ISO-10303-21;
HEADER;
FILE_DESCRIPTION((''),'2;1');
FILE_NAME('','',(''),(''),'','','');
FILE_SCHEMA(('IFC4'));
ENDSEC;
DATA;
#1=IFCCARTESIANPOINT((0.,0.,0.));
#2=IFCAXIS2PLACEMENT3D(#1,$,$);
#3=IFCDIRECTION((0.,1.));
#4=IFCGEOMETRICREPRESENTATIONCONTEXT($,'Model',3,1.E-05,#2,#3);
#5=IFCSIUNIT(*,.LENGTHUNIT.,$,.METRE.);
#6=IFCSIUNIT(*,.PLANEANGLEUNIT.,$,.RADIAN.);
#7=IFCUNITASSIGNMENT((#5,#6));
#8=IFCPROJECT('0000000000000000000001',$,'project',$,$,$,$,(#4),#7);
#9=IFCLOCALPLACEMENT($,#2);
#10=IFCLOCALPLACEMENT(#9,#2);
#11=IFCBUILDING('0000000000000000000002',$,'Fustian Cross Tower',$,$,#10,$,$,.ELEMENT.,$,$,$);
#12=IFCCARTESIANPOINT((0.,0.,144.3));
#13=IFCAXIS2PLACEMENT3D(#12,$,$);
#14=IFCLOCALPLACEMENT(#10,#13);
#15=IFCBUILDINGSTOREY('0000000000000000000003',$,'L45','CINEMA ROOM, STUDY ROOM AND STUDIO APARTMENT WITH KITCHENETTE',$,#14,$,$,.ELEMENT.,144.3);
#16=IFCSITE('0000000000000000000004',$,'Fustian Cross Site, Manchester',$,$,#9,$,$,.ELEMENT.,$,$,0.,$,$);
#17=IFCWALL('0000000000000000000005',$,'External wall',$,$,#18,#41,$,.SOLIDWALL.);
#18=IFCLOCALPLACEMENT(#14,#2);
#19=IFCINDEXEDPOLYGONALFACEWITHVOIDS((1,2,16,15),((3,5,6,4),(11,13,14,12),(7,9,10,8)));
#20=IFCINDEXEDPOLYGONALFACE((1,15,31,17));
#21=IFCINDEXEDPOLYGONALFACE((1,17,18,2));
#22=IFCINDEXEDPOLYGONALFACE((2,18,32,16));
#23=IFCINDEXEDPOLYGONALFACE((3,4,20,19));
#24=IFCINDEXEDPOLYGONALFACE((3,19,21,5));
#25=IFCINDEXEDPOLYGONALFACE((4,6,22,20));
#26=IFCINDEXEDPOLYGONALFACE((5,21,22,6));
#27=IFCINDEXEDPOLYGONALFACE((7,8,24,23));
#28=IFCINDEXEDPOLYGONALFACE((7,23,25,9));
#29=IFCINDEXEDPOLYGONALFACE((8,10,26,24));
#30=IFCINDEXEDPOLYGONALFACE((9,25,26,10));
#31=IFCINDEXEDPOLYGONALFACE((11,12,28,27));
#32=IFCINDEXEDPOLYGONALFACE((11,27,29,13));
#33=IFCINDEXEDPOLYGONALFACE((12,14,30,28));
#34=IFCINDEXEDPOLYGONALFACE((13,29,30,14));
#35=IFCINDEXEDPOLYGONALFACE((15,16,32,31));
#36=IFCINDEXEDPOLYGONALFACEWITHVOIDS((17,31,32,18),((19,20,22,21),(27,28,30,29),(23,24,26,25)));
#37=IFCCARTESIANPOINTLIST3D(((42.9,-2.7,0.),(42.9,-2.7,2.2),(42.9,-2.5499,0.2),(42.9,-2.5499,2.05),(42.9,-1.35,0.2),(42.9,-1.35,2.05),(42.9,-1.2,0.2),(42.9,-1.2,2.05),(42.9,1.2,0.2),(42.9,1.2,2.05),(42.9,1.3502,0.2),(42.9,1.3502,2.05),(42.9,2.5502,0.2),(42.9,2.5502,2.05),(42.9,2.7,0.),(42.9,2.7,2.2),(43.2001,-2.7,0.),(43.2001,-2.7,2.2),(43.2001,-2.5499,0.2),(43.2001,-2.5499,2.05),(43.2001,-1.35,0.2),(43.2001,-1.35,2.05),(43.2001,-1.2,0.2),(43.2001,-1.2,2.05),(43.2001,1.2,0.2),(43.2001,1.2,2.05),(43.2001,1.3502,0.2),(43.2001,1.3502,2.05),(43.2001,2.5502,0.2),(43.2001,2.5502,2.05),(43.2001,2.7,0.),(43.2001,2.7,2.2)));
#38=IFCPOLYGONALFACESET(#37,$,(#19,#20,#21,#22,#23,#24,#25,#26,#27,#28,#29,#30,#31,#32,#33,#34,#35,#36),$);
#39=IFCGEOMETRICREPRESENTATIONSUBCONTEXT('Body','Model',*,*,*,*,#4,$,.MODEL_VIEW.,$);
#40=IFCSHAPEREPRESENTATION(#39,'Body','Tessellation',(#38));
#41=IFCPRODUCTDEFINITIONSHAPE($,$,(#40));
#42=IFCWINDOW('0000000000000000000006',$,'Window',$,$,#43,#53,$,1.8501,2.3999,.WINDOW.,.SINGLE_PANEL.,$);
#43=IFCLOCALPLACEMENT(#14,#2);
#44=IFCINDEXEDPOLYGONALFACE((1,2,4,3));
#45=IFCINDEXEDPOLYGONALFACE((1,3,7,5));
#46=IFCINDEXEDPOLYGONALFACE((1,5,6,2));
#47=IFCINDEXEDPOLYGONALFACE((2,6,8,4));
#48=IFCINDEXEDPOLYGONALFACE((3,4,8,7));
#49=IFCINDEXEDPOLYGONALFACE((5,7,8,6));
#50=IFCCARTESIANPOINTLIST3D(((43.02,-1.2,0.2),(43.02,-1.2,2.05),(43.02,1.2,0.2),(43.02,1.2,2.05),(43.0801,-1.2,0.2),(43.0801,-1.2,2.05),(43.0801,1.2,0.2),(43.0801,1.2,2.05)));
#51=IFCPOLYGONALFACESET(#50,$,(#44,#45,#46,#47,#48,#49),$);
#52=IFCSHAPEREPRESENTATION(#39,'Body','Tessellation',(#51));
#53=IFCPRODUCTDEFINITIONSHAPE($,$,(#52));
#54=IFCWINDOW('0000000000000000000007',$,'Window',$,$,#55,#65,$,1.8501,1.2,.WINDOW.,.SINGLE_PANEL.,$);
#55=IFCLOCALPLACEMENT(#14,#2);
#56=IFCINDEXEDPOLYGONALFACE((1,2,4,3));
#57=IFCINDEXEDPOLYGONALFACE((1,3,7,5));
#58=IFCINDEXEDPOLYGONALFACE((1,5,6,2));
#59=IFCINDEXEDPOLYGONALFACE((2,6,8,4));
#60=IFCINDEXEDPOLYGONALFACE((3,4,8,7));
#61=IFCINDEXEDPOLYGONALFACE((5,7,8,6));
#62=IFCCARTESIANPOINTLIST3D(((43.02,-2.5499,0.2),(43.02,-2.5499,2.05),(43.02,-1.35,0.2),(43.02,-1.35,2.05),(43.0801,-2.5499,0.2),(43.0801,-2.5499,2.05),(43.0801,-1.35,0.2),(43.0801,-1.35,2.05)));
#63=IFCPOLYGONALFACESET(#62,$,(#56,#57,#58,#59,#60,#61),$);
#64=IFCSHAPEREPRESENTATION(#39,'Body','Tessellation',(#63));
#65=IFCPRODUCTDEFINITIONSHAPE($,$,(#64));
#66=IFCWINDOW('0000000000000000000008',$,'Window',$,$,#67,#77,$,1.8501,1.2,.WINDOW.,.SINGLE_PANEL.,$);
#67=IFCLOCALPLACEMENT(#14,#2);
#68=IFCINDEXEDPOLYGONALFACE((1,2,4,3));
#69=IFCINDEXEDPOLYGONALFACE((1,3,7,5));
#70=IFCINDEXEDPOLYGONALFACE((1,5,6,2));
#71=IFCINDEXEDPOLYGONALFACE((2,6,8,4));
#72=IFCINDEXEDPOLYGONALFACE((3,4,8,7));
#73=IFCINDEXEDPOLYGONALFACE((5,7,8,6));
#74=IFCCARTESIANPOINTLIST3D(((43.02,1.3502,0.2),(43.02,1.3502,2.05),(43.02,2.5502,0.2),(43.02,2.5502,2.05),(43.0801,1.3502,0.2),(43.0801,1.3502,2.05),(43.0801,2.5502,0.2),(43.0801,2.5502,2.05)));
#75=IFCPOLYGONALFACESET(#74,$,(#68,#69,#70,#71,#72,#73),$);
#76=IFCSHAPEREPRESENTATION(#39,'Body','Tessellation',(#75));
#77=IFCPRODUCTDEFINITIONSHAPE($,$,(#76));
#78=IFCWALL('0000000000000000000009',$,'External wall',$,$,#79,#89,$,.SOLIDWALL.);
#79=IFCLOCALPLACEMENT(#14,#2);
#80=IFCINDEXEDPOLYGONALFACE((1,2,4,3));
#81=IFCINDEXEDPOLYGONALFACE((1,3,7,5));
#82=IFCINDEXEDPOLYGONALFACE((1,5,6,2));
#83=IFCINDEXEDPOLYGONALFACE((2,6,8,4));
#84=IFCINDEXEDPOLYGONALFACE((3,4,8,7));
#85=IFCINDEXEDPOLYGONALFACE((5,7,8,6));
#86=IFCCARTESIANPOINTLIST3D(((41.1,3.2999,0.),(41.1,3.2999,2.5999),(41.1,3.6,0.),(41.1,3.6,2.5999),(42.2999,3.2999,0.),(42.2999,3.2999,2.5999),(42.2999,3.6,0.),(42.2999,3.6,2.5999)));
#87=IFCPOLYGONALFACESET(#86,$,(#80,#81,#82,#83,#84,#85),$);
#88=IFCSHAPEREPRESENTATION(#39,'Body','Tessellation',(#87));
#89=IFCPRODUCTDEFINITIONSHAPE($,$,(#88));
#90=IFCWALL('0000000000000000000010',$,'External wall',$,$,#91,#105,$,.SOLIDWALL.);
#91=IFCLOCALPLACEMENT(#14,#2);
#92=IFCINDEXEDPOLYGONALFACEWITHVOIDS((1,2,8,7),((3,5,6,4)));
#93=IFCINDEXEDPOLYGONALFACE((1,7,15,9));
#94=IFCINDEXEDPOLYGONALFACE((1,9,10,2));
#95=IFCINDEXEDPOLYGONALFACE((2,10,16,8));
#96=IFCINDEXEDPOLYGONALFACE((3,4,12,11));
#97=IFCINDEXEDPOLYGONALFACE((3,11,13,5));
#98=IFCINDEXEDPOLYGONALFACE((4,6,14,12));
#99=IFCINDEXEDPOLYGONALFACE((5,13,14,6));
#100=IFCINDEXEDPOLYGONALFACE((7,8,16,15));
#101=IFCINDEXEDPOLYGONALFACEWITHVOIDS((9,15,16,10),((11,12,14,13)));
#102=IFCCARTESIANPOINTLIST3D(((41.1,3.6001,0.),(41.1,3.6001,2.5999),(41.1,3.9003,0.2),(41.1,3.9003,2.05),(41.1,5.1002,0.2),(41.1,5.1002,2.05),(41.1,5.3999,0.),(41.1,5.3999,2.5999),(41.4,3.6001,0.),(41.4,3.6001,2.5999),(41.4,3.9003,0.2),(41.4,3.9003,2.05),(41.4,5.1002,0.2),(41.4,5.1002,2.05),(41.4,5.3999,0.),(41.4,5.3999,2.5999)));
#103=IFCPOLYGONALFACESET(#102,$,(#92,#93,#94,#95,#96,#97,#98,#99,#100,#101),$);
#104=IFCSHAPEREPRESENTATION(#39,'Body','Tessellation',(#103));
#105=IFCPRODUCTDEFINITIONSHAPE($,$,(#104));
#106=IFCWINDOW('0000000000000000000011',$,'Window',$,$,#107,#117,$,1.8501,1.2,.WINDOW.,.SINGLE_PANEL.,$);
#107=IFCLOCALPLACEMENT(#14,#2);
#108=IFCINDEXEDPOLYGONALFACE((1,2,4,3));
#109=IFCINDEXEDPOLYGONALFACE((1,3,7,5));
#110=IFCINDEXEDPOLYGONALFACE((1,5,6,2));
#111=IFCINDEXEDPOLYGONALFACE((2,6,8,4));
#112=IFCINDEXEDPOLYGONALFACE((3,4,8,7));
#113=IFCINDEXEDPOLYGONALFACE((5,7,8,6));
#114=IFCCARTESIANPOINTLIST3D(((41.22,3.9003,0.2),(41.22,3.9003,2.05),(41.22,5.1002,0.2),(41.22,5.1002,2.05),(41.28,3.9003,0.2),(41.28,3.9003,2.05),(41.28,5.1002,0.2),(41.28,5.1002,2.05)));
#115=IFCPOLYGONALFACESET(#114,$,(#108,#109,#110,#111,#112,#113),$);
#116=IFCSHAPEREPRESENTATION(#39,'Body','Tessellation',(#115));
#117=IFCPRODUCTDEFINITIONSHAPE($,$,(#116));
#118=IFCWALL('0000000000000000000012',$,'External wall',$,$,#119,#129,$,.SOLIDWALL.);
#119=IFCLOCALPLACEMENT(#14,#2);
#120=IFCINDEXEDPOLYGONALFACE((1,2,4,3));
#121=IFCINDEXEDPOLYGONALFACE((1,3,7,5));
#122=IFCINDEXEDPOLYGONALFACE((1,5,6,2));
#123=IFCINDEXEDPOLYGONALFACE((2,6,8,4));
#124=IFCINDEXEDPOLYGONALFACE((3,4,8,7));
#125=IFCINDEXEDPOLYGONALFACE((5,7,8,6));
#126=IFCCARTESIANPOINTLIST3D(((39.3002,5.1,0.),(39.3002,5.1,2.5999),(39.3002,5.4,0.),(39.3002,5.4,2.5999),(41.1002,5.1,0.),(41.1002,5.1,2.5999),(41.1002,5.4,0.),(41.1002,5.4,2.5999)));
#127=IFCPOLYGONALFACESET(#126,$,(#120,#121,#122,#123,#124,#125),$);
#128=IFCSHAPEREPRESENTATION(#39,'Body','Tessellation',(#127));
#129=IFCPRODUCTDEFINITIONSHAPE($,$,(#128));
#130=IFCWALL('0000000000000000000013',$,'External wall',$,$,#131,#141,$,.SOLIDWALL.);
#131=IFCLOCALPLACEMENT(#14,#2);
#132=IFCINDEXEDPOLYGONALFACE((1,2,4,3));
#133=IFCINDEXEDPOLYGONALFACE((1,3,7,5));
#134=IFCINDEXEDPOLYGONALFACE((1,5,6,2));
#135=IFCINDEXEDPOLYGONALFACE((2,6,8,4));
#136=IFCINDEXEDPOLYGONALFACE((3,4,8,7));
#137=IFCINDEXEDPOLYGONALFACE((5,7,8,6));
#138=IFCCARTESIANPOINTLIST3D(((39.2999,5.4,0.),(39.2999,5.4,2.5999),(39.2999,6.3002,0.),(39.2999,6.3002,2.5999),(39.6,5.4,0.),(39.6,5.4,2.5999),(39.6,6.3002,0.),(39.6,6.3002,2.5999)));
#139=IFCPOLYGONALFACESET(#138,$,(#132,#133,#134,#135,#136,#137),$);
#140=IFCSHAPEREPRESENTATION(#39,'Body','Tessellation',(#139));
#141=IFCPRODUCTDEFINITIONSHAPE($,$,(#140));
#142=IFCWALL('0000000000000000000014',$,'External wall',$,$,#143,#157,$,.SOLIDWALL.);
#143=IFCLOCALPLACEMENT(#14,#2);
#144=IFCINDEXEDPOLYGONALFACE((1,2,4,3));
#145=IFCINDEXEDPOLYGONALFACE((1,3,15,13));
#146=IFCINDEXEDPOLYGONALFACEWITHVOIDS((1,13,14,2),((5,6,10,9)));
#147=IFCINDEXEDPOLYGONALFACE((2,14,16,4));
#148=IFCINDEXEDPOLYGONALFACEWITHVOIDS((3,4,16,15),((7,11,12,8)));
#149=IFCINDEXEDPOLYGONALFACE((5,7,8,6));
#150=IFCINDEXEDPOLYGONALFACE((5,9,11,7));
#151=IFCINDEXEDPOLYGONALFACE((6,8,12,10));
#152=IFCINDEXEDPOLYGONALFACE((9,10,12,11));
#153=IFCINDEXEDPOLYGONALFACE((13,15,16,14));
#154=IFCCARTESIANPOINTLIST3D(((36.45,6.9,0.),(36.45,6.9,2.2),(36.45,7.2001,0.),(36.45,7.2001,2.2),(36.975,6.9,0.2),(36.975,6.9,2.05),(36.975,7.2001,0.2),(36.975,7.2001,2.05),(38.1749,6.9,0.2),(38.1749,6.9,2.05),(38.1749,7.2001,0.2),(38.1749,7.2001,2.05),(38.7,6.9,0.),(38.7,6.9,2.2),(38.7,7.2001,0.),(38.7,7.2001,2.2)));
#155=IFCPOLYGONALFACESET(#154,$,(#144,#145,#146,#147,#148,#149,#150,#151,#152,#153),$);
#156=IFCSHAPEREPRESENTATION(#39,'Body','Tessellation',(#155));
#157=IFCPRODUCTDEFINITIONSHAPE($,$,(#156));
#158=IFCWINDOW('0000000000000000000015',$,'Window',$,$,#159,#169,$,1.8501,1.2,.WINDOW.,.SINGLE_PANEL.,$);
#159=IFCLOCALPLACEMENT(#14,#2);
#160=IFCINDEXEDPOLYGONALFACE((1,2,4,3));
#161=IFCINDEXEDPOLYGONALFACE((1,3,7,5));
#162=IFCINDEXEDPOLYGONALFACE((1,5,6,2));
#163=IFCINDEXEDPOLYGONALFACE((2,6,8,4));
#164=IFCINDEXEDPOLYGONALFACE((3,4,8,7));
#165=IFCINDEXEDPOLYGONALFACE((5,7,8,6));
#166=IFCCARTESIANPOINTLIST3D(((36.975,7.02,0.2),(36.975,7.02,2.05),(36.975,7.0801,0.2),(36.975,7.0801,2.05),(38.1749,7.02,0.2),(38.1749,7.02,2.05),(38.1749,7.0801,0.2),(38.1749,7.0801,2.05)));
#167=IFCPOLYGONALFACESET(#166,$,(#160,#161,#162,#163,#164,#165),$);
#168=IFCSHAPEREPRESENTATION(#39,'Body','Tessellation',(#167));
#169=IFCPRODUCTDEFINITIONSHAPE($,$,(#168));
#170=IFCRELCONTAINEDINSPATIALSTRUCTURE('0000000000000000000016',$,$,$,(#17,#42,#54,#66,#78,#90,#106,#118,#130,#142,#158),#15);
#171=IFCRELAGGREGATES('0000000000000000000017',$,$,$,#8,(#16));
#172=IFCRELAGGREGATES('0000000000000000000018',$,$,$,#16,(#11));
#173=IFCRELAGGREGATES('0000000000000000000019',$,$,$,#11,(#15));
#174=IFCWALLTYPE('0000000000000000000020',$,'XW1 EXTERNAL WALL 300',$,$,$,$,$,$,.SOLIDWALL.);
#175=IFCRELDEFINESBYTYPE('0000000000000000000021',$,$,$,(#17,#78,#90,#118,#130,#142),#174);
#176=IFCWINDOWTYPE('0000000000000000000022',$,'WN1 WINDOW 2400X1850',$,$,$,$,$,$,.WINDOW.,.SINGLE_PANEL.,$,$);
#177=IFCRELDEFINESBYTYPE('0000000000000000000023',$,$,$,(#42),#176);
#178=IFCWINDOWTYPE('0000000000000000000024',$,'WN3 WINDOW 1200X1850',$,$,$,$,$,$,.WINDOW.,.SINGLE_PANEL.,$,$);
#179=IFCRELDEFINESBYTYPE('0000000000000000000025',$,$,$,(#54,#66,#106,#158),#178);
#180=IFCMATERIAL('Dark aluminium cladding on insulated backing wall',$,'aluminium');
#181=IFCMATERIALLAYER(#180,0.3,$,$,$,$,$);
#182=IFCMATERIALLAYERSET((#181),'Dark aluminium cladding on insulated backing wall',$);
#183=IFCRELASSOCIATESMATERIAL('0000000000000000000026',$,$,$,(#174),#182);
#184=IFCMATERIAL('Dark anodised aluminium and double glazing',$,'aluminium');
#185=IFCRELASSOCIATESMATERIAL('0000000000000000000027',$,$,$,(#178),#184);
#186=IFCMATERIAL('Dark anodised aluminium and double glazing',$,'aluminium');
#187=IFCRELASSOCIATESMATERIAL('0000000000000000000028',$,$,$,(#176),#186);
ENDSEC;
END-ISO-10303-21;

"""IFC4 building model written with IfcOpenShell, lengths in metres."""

from ifc_helpers import new_model, si_unit, direction, frame, frame_2d, origin, place, context, subcontext, project, spatial, rectangle, extrude, material, layer, layer_set, type_object, element, fill, save


model = new_model("IFC4")

# Units and contexts
model_context = context("Model", 3, precision=1e-05, world=origin(), true_north=direction((0.0, 1.0)))
body_context = subcontext(model_context, "Body", "Model", "MODEL_VIEW")
ifc_project = project(units=[si_unit("LENGTHUNIT", "METRE"), si_unit("PLANEANGLEUNIT", "RADIAN")], contexts=[model_context])

# Site, building, storey
site_placement = place(None, origin())
site = spatial("IfcSite", under=ifc_project, at=site_placement, Name="Fustian Cross Site, Manchester", CompositionType="ELEMENT", RefElevation=0.0)
building_placement = place(site_placement, origin())
building = spatial("IfcBuilding", under=site, at=building_placement, Name="Fustian Cross Tower", CompositionType="ELEMENT")
storey_placement = place(building_placement, frame((0.0, 0.0, 144.3)))
storey = spatial("IfcBuildingStorey", under=building, at=storey_placement, Name="L45", Description="CINEMA ROOM, STUDY ROOM AND STUDIO APARTMENT WITH KITCHENETTE", CompositionType="ELEMENT", Elevation=144.3)

# Shared definitions
ifc_material_1 = material(Name="Dark aluminium cladding on insulated backing wall", Category="aluminium")
ifc_layer_1 = layer(ifc_material_1, 0.3)
ifc_layer_set_1 = layer_set([ifc_layer_1], Name="Dark aluminium cladding on insulated backing wall")
wall_type_1 = type_object("IfcWallType", Name="XW1 EXTERNAL WALL 300", PredefinedType="SOLIDWALL", material=ifc_layer_set_1)

# Shared definitions
ifc_material_2 = material(Name="Dark anodised aluminium and double glazing", Category="aluminium")
window_type_1 = type_object("IfcWindowType", Name="WN3 WINDOW 1200X1850", PartitioningType="SINGLE_PANEL", PredefinedType="WINDOW", material=ifc_material_2)

# Wall, openings, windows
wall_1_placement = place(storey_placement, frame((43.05, -2.7, 0.0), z_axis=(0.0, 0.0, 1.0), x_axis=(0.0, 1.0, 0.0)))
wall_1 = element("IfcWall", 1, at=wall_1_placement, inside=storey, type_object=wall_type_1, Name="External wall", PredefinedType="SOLIDWALL", context=body_context, shape_type="SweptSolid", body=[
    extrude(rectangle(XDim=5.3999, YDim=0.3, at=frame_2d((2.7, 0.0))), origin(), (0.0, 0.0, 1.0), 2.2),
])
opening_1_placement = place(wall_1_placement, frame((1.5, 0.0, 0.2)))
opening_1 = element("IfcOpeningElement", 2, at=opening_1_placement, cuts=wall_1, PredefinedType="OPENING", context=body_context, shape_type="SweptSolid", body=[
    extrude(rectangle(XDim=2.3999, YDim=1.8501, at=frame_2d((1.2, 0.925))), frame((0.0, 0.1599, 0.0), z_axis=(0.0, -1.0, 0.0), x_axis=(1.0, 0.0, 0.0)), (0.0, 0.0, 1.0), 0.3201),
])
opening_2_placement = place(wall_1_placement, frame((0.1499, 0.0, 0.2)))
opening_2 = element("IfcOpeningElement", 3, at=opening_2_placement, cuts=wall_1, PredefinedType="OPENING", context=body_context, shape_type="SweptSolid", body=[
    extrude(rectangle(XDim=1.2, YDim=1.8501, at=frame_2d((0.6001, 0.925))), frame((0.0, 0.1599, 0.0), z_axis=(0.0, -1.0, 0.0), x_axis=(1.0, 0.0, 0.0)), (0.0, 0.0, 1.0), 0.3201),
])
opening_3_placement = place(wall_1_placement, frame((4.05, 0.0, 0.2)))
opening_3 = element("IfcOpeningElement", 4, at=opening_3_placement, cuts=wall_1, PredefinedType="OPENING", context=body_context, shape_type="SweptSolid", body=[
    extrude(rectangle(XDim=1.2, YDim=1.8501, at=frame_2d((0.6001, 0.925))), frame((0.0, 0.1599, 0.0), z_axis=(0.0, -1.0, 0.0), x_axis=(1.0, 0.0, 0.0)), (0.0, 0.0, 1.0), 0.3201),
])
ifc_material_3 = material(Name="Dark anodised aluminium and double glazing", Category="aluminium")
window_type_2 = type_object("IfcWindowType", Name="WN1 WINDOW 2400X1850", PartitioningType="SINGLE_PANEL", PredefinedType="WINDOW", material=ifc_material_3)
window_1_placement = place(opening_1_placement, origin())
window_1 = element("IfcWindow", 5, at=window_1_placement, inside=storey, type_object=window_type_2, Name="Window", OverallHeight=1.8501, OverallWidth=2.3999, PartitioningType="SINGLE_PANEL", PredefinedType="WINDOW", context=body_context, shape_type="SweptSolid", body=[
    extrude(rectangle(XDim=2.3999, YDim=1.8501, at=frame_2d((1.2, 0.925))), frame((0.0, 0.03, 0.0), z_axis=(0.0, -1.0, 0.0), x_axis=(1.0, 0.0, 0.0)), (0.0, 0.0, 1.0), 0.0601),
])
fill(opening_1, window_1)
window_2_placement = place(opening_2_placement, origin())
window_2 = element("IfcWindow", 6, at=window_2_placement, inside=storey, type_object=window_type_1, Name="Window", OverallHeight=1.8501, OverallWidth=1.2, PartitioningType="SINGLE_PANEL", PredefinedType="WINDOW", context=body_context, shape_type="SweptSolid", body=[
    extrude(rectangle(XDim=1.2, YDim=1.8501, at=frame_2d((0.6001, 0.925))), frame((0.0, 0.03, 0.0), z_axis=(0.0, -1.0, 0.0), x_axis=(1.0, 0.0, 0.0)), (0.0, 0.0, 1.0), 0.0601),
])
fill(opening_2, window_2)
window_3_placement = place(opening_3_placement, origin())
window_3 = element("IfcWindow", 7, at=window_3_placement, inside=storey, type_object=window_type_1, Name="Window", OverallHeight=1.8501, OverallWidth=1.2, PartitioningType="SINGLE_PANEL", PredefinedType="WINDOW", context=body_context, shape_type="SweptSolid", body=[
    extrude(rectangle(XDim=1.2, YDim=1.8501, at=frame_2d((0.6001, 0.925))), frame((0.0, 0.03, 0.0), z_axis=(0.0, -1.0, 0.0), x_axis=(1.0, 0.0, 0.0)), (0.0, 0.0, 1.0), 0.0601),
])
fill(opening_3, window_3)

# Wall
wall_2_placement = place(storey_placement, frame((42.3, 3.45, 0.0), z_axis=(0.0, 0.0, 1.0), x_axis=(-1.0, 0.0, 0.0)))
element("IfcWall", 8, at=wall_2_placement, inside=storey, type_object=wall_type_1, Name="External wall", PredefinedType="SOLIDWALL", context=body_context, shape_type="SweptSolid", body=[
    extrude(rectangle(XDim=1.2, YDim=0.3, at=frame_2d((0.6001, 0.0))), origin(), (0.0, 0.0, 1.0), 2.5999),
])

# Wall, opening, window
wall_3_placement = place(storey_placement, frame((41.25, 3.6001, 0.0), z_axis=(0.0, 0.0, 1.0), x_axis=(0.0, 1.0, 0.0)))
wall_3 = element("IfcWall", 9, at=wall_3_placement, inside=storey, type_object=wall_type_1, Name="External wall", PredefinedType="SOLIDWALL", context=body_context, shape_type="SweptSolid", body=[
    extrude(rectangle(XDim=1.7998, YDim=0.3, at=frame_2d((0.8999, 0.0))), origin(), (0.0, 0.0, 1.0), 2.5999),
])
opening_4_placement = place(wall_3_placement, frame((0.3, 0.0, 0.2)))
opening_4 = element("IfcOpeningElement", 10, at=opening_4_placement, cuts=wall_3, PredefinedType="OPENING", context=body_context, shape_type="SweptSolid", body=[
    extrude(rectangle(XDim=1.2, YDim=1.8501, at=frame_2d((0.6001, 0.925))), frame((0.0, 0.1599, 0.0), z_axis=(0.0, -1.0, 0.0), x_axis=(1.0, 0.0, 0.0)), (0.0, 0.0, 1.0), 0.3201),
])
window_4_placement = place(opening_4_placement, origin())
window_4 = element("IfcWindow", 11, at=window_4_placement, inside=storey, type_object=window_type_1, Name="Window", OverallHeight=1.8501, OverallWidth=1.2, PartitioningType="SINGLE_PANEL", PredefinedType="WINDOW", context=body_context, shape_type="SweptSolid", body=[
    extrude(rectangle(XDim=1.2, YDim=1.8501, at=frame_2d((0.6001, 0.925))), frame((0.0, 0.03, 0.0), z_axis=(0.0, -1.0, 0.0), x_axis=(1.0, 0.0, 0.0)), (0.0, 0.0, 1.0), 0.0601),
])
fill(opening_4, window_4)

# Walls
wall_4_placement = place(storey_placement, frame((41.1001, 5.25, 0.0), z_axis=(0.0, 0.0, 1.0), x_axis=(-1.0, 0.0, 0.0)))
element("IfcWall", 12, at=wall_4_placement, inside=storey, type_object=wall_type_1, Name="External wall", PredefinedType="SOLIDWALL", context=body_context, shape_type="SweptSolid", body=[
    extrude(rectangle(XDim=1.8, YDim=0.3, at=frame_2d((0.8999, 0.0))), origin(), (0.0, 0.0, 1.0), 2.5999),
])
wall_5_placement = place(storey_placement, frame((39.45, 5.3999, 0.0), z_axis=(0.0, 0.0, 1.0), x_axis=(0.0, 1.0, 0.0)))
element("IfcWall", 13, at=wall_5_placement, inside=storey, type_object=wall_type_1, Name="External wall", PredefinedType="SOLIDWALL", context=body_context, shape_type="SweptSolid", body=[
    extrude(rectangle(XDim=0.9001, YDim=0.3, at=frame_2d((0.4502, 0.0))), origin(), (0.0, 0.0, 1.0), 2.5999),
])

# Wall, opening, window
wall_6_placement = place(storey_placement, frame((38.7, 7.05, 0.0), z_axis=(0.0, 0.0, 1.0), x_axis=(-1.0, 0.0, 0.0)))
wall_6 = element("IfcWall", 14, at=wall_6_placement, inside=storey, type_object=wall_type_1, Name="External wall", PredefinedType="SOLIDWALL", context=body_context, shape_type="SweptSolid", body=[
    extrude(rectangle(XDim=2.25, YDim=0.3, at=frame_2d((1.125, 0.0))), origin(), (0.0, 0.0, 1.0), 2.2),
])
opening_5_placement = place(wall_6_placement, frame((0.5249, 0.0, 0.2)))
opening_5 = element("IfcOpeningElement", 15, at=opening_5_placement, cuts=wall_6, PredefinedType="OPENING", context=body_context, shape_type="SweptSolid", body=[
    extrude(rectangle(XDim=1.2, YDim=1.8501, at=frame_2d((0.6001, 0.925))), frame((0.0, 0.1599, 0.0), z_axis=(0.0, -1.0, 0.0), x_axis=(1.0, 0.0, 0.0)), (0.0, 0.0, 1.0), 0.3201),
])
window_5_placement = place(opening_5_placement, origin())
window_5 = element("IfcWindow", 16, at=window_5_placement, inside=storey, type_object=window_type_1, Name="Window", OverallHeight=1.8501, OverallWidth=1.2, PartitioningType="SINGLE_PANEL", PredefinedType="WINDOW", context=body_context, shape_type="SweptSolid", body=[
    extrude(rectangle(XDim=1.2, YDim=1.8501, at=frame_2d((0.6001, 0.925))), frame((0.0, 0.03, 0.0), z_axis=(0.0, -1.0, 0.0), x_axis=(1.0, 0.0, 0.0)), (0.0, 0.0, 1.0), 0.0601),
])
fill(opening_5, window_5)

save(model, "model.ifc")
